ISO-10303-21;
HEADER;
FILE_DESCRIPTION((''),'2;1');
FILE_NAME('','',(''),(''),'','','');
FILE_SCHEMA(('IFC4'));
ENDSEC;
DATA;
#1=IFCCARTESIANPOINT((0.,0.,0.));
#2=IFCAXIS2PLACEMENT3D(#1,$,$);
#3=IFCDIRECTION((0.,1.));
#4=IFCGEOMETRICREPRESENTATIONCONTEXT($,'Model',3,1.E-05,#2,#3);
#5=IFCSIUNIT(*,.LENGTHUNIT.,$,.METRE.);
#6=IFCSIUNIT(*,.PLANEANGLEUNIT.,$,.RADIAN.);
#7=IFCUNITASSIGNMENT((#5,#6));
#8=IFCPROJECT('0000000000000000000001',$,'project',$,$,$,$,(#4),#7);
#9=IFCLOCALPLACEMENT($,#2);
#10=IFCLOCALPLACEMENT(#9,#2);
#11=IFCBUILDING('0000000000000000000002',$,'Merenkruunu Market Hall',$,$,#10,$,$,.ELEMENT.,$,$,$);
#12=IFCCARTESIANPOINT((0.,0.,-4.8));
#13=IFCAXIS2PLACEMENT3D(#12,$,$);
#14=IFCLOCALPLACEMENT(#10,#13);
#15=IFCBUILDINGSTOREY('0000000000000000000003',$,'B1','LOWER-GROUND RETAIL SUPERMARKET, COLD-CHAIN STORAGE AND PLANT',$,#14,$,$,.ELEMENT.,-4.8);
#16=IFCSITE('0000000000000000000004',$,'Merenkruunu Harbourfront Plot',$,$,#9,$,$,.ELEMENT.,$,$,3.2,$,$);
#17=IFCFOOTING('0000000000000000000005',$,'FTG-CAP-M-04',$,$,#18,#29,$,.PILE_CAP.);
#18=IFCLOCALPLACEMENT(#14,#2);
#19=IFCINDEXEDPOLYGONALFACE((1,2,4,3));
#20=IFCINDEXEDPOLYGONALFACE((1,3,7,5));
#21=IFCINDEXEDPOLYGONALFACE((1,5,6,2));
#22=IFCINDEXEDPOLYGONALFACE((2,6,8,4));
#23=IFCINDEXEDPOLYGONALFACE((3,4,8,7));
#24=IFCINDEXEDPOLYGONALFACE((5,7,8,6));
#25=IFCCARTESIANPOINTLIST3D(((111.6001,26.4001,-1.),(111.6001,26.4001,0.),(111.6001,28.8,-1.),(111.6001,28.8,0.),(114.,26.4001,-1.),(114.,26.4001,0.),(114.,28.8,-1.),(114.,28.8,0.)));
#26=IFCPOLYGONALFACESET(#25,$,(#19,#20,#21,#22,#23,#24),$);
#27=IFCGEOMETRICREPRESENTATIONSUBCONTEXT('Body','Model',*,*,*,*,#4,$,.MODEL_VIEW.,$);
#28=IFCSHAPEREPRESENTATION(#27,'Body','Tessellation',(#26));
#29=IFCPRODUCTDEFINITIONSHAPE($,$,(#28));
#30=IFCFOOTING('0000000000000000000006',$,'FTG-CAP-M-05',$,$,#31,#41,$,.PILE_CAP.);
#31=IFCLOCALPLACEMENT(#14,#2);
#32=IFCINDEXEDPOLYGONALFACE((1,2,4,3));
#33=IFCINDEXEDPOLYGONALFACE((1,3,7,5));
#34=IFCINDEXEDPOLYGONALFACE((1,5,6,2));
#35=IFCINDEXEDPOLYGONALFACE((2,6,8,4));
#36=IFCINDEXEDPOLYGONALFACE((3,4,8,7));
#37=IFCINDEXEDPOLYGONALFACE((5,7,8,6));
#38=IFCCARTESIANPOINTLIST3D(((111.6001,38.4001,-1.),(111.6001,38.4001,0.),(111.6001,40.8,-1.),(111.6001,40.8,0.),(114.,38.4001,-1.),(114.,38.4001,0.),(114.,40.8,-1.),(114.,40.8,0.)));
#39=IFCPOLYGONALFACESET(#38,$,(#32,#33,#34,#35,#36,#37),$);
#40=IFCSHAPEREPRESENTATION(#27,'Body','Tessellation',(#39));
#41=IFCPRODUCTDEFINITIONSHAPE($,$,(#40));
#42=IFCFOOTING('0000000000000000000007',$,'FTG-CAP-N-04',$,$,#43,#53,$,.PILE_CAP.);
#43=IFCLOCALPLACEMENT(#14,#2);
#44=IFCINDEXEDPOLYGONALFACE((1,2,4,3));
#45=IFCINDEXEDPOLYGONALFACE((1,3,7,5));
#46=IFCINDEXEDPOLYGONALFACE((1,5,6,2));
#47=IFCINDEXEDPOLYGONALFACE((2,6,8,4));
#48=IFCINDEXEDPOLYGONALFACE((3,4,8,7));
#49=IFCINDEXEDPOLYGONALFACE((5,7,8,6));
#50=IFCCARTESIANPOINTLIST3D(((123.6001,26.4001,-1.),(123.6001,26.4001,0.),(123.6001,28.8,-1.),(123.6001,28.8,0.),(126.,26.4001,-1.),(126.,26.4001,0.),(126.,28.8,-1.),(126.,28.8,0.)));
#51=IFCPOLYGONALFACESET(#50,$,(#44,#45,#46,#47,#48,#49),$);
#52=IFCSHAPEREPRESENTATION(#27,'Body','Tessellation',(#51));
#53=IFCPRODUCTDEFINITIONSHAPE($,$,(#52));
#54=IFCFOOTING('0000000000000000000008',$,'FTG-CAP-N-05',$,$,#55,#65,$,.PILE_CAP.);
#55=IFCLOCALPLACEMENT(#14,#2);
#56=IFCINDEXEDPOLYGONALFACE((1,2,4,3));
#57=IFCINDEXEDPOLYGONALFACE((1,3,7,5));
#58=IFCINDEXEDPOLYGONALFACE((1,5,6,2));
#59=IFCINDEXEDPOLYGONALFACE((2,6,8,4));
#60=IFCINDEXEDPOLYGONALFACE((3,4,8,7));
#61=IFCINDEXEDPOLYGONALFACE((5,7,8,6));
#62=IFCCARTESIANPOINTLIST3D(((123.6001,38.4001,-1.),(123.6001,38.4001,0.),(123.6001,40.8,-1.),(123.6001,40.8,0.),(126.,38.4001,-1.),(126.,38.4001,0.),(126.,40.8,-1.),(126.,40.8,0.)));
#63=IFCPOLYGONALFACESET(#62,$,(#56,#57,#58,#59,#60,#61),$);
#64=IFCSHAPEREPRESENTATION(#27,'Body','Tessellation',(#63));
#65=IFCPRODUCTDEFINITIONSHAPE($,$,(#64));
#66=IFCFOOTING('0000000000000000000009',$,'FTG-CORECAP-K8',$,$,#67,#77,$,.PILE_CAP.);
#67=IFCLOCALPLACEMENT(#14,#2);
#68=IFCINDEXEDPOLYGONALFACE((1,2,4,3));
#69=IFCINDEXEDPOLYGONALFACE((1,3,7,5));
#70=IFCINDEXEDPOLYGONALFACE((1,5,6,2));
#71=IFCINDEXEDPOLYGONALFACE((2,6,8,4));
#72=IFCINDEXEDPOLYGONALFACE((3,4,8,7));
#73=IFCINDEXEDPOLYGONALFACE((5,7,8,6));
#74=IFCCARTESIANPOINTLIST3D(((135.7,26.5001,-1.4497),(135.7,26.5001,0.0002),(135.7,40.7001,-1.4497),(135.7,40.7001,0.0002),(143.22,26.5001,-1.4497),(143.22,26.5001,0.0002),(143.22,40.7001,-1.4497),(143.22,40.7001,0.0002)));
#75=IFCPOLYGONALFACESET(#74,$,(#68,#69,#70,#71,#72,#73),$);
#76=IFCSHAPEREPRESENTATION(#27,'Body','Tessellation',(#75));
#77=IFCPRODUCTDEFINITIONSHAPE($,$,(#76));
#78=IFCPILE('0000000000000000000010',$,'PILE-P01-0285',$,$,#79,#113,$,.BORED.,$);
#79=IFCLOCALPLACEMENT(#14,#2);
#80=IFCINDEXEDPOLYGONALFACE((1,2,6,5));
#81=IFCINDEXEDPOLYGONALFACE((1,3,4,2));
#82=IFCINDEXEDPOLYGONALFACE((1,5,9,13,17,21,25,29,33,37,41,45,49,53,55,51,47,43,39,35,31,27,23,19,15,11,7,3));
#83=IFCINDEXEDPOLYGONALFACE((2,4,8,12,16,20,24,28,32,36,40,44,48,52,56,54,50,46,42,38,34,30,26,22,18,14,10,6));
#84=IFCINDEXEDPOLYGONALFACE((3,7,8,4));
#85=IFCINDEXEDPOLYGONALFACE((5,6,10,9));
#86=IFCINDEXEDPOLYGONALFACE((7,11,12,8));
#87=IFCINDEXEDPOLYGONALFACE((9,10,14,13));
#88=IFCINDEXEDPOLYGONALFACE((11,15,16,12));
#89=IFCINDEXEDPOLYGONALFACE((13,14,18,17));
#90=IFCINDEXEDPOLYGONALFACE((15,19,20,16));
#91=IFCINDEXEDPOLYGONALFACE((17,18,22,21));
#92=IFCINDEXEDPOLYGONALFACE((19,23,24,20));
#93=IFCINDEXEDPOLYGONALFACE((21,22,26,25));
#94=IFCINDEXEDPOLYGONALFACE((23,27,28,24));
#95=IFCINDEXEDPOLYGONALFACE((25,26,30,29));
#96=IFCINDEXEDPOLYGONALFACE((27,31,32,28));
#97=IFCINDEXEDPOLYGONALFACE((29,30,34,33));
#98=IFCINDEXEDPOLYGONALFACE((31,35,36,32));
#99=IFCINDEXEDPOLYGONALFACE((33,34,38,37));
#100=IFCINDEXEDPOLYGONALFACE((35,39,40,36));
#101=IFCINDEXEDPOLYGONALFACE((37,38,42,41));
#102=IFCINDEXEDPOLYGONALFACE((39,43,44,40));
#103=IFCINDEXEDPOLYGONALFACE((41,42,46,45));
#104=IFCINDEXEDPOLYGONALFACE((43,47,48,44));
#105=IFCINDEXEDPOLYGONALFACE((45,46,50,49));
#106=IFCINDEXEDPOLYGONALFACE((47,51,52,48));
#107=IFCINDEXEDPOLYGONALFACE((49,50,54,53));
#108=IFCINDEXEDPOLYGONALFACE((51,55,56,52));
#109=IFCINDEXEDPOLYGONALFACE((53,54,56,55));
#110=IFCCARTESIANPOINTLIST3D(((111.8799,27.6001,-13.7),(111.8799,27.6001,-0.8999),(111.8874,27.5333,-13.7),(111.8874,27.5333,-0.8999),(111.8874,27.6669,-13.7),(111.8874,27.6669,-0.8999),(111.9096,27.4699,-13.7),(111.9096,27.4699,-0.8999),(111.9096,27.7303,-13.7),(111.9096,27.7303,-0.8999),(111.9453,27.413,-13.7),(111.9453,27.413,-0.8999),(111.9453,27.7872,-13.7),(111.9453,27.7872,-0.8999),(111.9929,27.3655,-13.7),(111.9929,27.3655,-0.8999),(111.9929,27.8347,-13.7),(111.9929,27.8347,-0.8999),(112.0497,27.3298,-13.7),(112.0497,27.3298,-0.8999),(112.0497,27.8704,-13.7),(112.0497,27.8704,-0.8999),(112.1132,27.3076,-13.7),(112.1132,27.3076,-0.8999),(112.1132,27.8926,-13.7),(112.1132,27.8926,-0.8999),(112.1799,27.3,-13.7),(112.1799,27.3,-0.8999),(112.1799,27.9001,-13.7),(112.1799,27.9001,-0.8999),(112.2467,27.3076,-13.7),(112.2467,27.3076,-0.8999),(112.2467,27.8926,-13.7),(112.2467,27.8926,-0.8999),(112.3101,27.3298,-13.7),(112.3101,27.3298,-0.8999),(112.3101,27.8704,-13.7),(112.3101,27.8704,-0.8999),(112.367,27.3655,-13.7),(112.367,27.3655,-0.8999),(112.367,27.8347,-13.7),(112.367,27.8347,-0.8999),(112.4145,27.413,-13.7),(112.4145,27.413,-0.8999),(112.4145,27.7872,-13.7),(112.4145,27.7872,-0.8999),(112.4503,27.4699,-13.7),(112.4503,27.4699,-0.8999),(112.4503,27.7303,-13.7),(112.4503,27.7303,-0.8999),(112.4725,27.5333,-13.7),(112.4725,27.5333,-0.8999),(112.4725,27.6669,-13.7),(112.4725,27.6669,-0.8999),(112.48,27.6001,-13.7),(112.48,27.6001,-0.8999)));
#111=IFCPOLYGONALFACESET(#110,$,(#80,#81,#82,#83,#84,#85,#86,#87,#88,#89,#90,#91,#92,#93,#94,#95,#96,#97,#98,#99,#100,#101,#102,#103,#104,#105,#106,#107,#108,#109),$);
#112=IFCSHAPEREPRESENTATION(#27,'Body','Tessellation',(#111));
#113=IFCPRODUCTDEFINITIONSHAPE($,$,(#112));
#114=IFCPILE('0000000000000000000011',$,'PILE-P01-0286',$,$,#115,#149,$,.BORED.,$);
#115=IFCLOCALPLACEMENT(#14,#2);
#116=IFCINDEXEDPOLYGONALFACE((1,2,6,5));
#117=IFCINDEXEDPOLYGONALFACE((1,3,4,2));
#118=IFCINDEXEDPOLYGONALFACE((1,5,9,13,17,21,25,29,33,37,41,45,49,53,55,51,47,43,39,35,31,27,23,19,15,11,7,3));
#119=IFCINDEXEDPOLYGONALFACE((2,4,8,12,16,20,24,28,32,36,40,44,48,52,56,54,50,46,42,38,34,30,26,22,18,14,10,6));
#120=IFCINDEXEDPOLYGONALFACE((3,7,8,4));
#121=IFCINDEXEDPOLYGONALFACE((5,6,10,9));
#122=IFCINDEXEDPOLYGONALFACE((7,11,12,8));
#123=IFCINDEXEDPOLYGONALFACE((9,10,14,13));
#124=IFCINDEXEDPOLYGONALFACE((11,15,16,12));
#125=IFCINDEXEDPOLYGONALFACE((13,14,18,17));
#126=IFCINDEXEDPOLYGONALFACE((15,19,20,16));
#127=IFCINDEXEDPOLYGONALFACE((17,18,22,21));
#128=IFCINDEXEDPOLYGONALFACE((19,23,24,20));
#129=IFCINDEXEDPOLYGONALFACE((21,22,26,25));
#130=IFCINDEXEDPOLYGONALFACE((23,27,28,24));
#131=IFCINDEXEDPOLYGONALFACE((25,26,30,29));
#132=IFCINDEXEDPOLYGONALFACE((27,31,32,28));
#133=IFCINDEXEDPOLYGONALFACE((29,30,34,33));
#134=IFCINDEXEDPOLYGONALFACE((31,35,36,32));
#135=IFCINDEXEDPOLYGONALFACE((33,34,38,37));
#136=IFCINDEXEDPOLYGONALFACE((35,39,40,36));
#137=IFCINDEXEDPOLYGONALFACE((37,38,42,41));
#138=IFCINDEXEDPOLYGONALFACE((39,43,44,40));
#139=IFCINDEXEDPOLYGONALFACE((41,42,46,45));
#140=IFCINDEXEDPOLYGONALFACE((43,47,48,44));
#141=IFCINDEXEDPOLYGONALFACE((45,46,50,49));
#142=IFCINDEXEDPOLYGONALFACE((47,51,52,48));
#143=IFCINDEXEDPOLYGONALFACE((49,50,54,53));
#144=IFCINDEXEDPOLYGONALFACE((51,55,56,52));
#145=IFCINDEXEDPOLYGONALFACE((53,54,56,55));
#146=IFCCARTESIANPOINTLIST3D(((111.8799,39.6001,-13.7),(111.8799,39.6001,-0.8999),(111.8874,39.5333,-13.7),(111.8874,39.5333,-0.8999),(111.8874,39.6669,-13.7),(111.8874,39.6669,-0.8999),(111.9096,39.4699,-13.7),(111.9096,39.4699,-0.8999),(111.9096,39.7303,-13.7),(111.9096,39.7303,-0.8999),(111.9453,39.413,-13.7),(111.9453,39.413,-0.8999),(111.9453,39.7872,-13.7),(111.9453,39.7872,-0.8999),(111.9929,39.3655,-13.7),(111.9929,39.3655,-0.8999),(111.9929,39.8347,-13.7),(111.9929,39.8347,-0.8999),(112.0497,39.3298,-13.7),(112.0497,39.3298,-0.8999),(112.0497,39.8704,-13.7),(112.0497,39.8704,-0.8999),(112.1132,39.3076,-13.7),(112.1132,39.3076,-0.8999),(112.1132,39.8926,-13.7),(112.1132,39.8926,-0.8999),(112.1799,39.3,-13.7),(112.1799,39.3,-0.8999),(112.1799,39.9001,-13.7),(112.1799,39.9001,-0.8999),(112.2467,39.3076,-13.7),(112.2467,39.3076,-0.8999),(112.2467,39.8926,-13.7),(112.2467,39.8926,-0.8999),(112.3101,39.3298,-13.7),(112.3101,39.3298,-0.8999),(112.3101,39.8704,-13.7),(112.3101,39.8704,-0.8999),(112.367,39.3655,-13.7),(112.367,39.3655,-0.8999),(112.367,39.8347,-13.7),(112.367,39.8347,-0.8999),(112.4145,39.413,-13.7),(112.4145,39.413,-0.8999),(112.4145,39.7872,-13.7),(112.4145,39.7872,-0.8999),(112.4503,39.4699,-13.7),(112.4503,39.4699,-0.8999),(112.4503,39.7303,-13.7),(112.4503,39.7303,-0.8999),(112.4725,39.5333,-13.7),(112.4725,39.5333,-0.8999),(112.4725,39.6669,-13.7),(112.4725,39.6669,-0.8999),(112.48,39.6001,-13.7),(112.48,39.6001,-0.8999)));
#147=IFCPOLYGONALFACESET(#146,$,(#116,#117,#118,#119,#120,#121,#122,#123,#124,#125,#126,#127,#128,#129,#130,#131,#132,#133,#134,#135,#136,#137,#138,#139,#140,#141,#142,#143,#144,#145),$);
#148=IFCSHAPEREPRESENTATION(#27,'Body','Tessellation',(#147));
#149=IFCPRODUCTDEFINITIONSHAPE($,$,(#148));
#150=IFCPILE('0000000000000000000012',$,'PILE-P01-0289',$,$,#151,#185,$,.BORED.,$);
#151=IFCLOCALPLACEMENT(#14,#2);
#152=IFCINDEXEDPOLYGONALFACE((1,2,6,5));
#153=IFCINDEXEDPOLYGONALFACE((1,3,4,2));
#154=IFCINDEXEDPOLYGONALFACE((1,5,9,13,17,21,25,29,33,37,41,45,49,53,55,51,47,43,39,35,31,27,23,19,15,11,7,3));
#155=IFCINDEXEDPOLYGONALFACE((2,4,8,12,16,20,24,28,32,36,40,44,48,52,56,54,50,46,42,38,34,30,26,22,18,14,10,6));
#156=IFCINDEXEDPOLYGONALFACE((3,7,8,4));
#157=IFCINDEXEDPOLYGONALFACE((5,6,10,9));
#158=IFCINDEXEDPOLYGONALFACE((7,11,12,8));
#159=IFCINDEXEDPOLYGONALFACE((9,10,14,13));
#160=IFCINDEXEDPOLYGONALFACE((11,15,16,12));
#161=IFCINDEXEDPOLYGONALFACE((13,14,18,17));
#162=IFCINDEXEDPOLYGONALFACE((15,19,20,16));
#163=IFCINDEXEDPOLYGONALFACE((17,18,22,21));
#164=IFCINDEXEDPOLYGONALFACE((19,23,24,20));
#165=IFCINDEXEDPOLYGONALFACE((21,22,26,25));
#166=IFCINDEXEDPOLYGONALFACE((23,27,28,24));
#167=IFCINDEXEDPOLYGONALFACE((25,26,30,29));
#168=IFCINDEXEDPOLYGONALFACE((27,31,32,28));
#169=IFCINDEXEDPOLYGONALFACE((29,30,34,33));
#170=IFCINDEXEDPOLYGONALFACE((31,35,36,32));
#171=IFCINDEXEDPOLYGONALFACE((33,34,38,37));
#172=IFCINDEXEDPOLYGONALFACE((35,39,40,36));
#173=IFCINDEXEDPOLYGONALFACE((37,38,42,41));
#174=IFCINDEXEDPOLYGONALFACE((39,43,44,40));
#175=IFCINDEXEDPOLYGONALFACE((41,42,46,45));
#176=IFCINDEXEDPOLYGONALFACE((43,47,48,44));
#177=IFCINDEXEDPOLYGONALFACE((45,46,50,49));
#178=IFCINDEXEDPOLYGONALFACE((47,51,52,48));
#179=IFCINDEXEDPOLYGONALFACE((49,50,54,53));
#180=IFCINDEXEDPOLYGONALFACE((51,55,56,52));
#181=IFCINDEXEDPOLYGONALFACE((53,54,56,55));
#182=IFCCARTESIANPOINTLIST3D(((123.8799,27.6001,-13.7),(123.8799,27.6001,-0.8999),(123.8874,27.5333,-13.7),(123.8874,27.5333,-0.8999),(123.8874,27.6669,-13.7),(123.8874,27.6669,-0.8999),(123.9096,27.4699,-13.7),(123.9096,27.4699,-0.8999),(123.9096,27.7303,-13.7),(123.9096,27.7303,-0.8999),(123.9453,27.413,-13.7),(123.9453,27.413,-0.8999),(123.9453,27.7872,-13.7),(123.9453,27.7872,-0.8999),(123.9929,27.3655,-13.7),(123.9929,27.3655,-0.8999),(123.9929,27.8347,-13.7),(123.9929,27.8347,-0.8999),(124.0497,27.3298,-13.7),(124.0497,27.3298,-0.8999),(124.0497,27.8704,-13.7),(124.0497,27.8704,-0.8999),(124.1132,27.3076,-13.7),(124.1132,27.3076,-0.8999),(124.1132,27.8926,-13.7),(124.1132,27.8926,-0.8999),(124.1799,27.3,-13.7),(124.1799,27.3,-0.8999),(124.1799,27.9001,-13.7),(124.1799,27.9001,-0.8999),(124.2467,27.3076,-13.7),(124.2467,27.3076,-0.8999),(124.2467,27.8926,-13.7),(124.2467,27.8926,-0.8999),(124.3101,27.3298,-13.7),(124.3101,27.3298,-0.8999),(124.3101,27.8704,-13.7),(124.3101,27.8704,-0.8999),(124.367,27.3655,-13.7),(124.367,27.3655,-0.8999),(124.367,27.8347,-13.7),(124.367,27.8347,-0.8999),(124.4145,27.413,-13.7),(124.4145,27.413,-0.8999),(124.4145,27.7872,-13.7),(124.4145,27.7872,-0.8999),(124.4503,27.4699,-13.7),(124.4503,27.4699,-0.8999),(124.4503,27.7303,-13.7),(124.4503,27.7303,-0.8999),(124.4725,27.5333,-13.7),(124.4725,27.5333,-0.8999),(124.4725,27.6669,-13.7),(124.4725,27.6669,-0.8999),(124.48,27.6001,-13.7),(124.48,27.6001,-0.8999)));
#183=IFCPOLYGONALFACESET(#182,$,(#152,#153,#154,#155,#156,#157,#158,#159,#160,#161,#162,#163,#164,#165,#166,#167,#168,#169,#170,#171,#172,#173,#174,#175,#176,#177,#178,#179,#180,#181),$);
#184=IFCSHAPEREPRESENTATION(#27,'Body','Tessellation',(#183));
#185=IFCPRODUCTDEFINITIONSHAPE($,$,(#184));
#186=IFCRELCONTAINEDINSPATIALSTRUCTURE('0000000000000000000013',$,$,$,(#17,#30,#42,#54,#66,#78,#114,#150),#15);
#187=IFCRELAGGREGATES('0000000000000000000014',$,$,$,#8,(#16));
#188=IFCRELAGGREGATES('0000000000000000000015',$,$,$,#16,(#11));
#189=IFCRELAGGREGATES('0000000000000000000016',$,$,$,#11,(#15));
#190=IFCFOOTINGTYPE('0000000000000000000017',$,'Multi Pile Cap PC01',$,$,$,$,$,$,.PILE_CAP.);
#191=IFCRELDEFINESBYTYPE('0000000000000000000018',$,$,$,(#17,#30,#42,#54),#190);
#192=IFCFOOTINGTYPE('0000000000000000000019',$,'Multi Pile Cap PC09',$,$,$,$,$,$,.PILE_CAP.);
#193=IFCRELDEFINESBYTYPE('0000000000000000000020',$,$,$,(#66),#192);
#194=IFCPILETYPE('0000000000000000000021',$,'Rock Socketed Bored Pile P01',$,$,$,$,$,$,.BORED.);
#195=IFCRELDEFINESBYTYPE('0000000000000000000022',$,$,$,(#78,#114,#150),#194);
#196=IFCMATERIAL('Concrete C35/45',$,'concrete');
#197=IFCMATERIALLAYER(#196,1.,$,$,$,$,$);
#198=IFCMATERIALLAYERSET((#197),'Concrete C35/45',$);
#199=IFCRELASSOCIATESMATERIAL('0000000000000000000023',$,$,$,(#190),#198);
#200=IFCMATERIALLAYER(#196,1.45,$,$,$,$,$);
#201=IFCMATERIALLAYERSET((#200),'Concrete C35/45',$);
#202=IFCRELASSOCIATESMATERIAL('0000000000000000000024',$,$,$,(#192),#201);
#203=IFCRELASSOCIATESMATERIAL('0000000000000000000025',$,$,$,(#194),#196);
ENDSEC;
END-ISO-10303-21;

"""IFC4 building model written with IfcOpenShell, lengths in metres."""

from ifc_helpers import new_model, si_unit, direction, frame, origin, origin_2d, place, context, subcontext, project, spatial, rectangle, circle, extrude, material, layer, layer_set, material_profile, profile_set, type_object, element, save


model = new_model("IFC4")

# Units and contexts
model_context = context("Model", 3, precision=1e-05, world=origin(), true_north=direction((0.0, 1.0)))
body_context = subcontext(model_context, "Body", "Model", "MODEL_VIEW")
ifc_project = project(units=[si_unit("LENGTHUNIT", "METRE"), si_unit("PLANEANGLEUNIT", "RADIAN")], contexts=[model_context])

# Site, building, storey
site_placement = place(None, origin())
site = spatial("IfcSite", under=ifc_project, at=site_placement, Name="Merenkruunu Harbourfront Plot", CompositionType="ELEMENT", RefElevation=3.2)
building_placement = place(site_placement, origin())
building = spatial("IfcBuilding", under=site, at=building_placement, Name="Merenkruunu Market Hall", CompositionType="ELEMENT")
storey_placement = place(building_placement, frame((0.0, 0.0, -4.8)))
storey = spatial("IfcBuildingStorey", under=building, at=storey_placement, Name="B1", Description="LOWER-GROUND RETAIL SUPERMARKET, COLD-CHAIN STORAGE AND PLANT", CompositionType="ELEMENT", Elevation=-4.8)

# Footings
ifc_material = material(Name="Concrete C35/45", Category="concrete")
ifc_layer_1 = layer(ifc_material, 1.0)
ifc_layer_set_1 = layer_set([ifc_layer_1], Name="Concrete C35/45")
footing_type_1 = type_object("IfcFootingType", Name="Multi Pile Cap PC01", PredefinedType="PILE_CAP", material=ifc_layer_set_1)
for number, where, z_axis, x_axis, name in (
    (1, (112.8, 27.6001, -1.0), (0.0, 0.0, 1.0), (1.0, 0.0, 0.0), "FTG-CAP-M-04"),
    (2, (112.8, 39.6001, -1.0), (0.0, 0.0, 1.0), (1.0, 0.0, 0.0), "FTG-CAP-M-05"),
    (3, (124.8, 27.6001, -1.0), (0.0, 0.0, 1.0), (1.0, 0.0, 0.0), "FTG-CAP-N-04"),
    (4, (124.8, 39.6001, -1.0), (0.0, 0.0, 1.0), (1.0, 0.0, 0.0), "FTG-CAP-N-05"),
):
    element("IfcFooting", number, at=place(storey_placement, frame(where, z_axis=z_axis, x_axis=x_axis)), inside=storey, type_object=footing_type_1, Name=name, PredefinedType="PILE_CAP", context=body_context, shape_type="SweptSolid", body=[
        extrude(rectangle(XDim=2.3999, YDim=2.3999, at=origin_2d()), origin(), (0.0, 0.0, 1.0), 1.0),
    ])
ifc_layer_2 = layer(ifc_material, 1.45)
ifc_layer_set_2 = layer_set([ifc_layer_2], Name="Concrete C35/45")
footing_type_2 = type_object("IfcFootingType", Name="Multi Pile Cap PC09", PredefinedType="PILE_CAP", material=ifc_layer_set_2)
footing_1_placement = place(storey_placement, frame((139.46, 33.6001, -1.4497), z_axis=(0.0, 0.0, 1.0), x_axis=(1.0, 0.0, 0.0)))
element("IfcFooting", 5, at=footing_1_placement, inside=storey, type_object=footing_type_2, Name="FTG-CORECAP-K8", PredefinedType="PILE_CAP", context=body_context, shape_type="SweptSolid", body=[
    extrude(rectangle(XDim=7.52, YDim=14.2, at=origin_2d()), origin(), (0.0, 0.0, 1.0), 1.45),
])

# Piles
ifc_material_profile_1 = material_profile(ifc_material, circle(Radius=0.3, at=origin_2d()), Name="BORED PILE 600")
ifc_profile_set_1 = profile_set([ifc_material_profile_1], Name="Concrete C35/45")
pile_type_1 = type_object("IfcPileType", Name="Rock Socketed Bored Pile P01", PredefinedType="BORED", material=ifc_profile_set_1)
for number, where, z_axis, x_axis, name in (
    (6, (112.1799, 27.6001, -0.8999), (0.0, 0.0, -1.0), (1.0, 0.0, 0.0), "PILE-P01-0285"),
    (7, (112.1799, 39.6001, -0.8999), (0.0, 0.0, -1.0), (1.0, 0.0, 0.0), "PILE-P01-0286"),
    (8, (124.1799, 27.6001, -0.8999), (0.0, 0.0, -1.0), (1.0, 0.0, 0.0), "PILE-P01-0289"),
):
    element("IfcPile", number, at=place(storey_placement, frame(where, z_axis=z_axis, x_axis=x_axis)), inside=storey, type_object=pile_type_1, Name=name, PredefinedType="BORED", context=body_context, shape_type="SweptSolid", body=[
        extrude(circle(Radius=0.3, at=origin_2d()), origin(), (0.0, 0.0, 1.0), 12.8),
    ])

save(model, "model.ifc")
